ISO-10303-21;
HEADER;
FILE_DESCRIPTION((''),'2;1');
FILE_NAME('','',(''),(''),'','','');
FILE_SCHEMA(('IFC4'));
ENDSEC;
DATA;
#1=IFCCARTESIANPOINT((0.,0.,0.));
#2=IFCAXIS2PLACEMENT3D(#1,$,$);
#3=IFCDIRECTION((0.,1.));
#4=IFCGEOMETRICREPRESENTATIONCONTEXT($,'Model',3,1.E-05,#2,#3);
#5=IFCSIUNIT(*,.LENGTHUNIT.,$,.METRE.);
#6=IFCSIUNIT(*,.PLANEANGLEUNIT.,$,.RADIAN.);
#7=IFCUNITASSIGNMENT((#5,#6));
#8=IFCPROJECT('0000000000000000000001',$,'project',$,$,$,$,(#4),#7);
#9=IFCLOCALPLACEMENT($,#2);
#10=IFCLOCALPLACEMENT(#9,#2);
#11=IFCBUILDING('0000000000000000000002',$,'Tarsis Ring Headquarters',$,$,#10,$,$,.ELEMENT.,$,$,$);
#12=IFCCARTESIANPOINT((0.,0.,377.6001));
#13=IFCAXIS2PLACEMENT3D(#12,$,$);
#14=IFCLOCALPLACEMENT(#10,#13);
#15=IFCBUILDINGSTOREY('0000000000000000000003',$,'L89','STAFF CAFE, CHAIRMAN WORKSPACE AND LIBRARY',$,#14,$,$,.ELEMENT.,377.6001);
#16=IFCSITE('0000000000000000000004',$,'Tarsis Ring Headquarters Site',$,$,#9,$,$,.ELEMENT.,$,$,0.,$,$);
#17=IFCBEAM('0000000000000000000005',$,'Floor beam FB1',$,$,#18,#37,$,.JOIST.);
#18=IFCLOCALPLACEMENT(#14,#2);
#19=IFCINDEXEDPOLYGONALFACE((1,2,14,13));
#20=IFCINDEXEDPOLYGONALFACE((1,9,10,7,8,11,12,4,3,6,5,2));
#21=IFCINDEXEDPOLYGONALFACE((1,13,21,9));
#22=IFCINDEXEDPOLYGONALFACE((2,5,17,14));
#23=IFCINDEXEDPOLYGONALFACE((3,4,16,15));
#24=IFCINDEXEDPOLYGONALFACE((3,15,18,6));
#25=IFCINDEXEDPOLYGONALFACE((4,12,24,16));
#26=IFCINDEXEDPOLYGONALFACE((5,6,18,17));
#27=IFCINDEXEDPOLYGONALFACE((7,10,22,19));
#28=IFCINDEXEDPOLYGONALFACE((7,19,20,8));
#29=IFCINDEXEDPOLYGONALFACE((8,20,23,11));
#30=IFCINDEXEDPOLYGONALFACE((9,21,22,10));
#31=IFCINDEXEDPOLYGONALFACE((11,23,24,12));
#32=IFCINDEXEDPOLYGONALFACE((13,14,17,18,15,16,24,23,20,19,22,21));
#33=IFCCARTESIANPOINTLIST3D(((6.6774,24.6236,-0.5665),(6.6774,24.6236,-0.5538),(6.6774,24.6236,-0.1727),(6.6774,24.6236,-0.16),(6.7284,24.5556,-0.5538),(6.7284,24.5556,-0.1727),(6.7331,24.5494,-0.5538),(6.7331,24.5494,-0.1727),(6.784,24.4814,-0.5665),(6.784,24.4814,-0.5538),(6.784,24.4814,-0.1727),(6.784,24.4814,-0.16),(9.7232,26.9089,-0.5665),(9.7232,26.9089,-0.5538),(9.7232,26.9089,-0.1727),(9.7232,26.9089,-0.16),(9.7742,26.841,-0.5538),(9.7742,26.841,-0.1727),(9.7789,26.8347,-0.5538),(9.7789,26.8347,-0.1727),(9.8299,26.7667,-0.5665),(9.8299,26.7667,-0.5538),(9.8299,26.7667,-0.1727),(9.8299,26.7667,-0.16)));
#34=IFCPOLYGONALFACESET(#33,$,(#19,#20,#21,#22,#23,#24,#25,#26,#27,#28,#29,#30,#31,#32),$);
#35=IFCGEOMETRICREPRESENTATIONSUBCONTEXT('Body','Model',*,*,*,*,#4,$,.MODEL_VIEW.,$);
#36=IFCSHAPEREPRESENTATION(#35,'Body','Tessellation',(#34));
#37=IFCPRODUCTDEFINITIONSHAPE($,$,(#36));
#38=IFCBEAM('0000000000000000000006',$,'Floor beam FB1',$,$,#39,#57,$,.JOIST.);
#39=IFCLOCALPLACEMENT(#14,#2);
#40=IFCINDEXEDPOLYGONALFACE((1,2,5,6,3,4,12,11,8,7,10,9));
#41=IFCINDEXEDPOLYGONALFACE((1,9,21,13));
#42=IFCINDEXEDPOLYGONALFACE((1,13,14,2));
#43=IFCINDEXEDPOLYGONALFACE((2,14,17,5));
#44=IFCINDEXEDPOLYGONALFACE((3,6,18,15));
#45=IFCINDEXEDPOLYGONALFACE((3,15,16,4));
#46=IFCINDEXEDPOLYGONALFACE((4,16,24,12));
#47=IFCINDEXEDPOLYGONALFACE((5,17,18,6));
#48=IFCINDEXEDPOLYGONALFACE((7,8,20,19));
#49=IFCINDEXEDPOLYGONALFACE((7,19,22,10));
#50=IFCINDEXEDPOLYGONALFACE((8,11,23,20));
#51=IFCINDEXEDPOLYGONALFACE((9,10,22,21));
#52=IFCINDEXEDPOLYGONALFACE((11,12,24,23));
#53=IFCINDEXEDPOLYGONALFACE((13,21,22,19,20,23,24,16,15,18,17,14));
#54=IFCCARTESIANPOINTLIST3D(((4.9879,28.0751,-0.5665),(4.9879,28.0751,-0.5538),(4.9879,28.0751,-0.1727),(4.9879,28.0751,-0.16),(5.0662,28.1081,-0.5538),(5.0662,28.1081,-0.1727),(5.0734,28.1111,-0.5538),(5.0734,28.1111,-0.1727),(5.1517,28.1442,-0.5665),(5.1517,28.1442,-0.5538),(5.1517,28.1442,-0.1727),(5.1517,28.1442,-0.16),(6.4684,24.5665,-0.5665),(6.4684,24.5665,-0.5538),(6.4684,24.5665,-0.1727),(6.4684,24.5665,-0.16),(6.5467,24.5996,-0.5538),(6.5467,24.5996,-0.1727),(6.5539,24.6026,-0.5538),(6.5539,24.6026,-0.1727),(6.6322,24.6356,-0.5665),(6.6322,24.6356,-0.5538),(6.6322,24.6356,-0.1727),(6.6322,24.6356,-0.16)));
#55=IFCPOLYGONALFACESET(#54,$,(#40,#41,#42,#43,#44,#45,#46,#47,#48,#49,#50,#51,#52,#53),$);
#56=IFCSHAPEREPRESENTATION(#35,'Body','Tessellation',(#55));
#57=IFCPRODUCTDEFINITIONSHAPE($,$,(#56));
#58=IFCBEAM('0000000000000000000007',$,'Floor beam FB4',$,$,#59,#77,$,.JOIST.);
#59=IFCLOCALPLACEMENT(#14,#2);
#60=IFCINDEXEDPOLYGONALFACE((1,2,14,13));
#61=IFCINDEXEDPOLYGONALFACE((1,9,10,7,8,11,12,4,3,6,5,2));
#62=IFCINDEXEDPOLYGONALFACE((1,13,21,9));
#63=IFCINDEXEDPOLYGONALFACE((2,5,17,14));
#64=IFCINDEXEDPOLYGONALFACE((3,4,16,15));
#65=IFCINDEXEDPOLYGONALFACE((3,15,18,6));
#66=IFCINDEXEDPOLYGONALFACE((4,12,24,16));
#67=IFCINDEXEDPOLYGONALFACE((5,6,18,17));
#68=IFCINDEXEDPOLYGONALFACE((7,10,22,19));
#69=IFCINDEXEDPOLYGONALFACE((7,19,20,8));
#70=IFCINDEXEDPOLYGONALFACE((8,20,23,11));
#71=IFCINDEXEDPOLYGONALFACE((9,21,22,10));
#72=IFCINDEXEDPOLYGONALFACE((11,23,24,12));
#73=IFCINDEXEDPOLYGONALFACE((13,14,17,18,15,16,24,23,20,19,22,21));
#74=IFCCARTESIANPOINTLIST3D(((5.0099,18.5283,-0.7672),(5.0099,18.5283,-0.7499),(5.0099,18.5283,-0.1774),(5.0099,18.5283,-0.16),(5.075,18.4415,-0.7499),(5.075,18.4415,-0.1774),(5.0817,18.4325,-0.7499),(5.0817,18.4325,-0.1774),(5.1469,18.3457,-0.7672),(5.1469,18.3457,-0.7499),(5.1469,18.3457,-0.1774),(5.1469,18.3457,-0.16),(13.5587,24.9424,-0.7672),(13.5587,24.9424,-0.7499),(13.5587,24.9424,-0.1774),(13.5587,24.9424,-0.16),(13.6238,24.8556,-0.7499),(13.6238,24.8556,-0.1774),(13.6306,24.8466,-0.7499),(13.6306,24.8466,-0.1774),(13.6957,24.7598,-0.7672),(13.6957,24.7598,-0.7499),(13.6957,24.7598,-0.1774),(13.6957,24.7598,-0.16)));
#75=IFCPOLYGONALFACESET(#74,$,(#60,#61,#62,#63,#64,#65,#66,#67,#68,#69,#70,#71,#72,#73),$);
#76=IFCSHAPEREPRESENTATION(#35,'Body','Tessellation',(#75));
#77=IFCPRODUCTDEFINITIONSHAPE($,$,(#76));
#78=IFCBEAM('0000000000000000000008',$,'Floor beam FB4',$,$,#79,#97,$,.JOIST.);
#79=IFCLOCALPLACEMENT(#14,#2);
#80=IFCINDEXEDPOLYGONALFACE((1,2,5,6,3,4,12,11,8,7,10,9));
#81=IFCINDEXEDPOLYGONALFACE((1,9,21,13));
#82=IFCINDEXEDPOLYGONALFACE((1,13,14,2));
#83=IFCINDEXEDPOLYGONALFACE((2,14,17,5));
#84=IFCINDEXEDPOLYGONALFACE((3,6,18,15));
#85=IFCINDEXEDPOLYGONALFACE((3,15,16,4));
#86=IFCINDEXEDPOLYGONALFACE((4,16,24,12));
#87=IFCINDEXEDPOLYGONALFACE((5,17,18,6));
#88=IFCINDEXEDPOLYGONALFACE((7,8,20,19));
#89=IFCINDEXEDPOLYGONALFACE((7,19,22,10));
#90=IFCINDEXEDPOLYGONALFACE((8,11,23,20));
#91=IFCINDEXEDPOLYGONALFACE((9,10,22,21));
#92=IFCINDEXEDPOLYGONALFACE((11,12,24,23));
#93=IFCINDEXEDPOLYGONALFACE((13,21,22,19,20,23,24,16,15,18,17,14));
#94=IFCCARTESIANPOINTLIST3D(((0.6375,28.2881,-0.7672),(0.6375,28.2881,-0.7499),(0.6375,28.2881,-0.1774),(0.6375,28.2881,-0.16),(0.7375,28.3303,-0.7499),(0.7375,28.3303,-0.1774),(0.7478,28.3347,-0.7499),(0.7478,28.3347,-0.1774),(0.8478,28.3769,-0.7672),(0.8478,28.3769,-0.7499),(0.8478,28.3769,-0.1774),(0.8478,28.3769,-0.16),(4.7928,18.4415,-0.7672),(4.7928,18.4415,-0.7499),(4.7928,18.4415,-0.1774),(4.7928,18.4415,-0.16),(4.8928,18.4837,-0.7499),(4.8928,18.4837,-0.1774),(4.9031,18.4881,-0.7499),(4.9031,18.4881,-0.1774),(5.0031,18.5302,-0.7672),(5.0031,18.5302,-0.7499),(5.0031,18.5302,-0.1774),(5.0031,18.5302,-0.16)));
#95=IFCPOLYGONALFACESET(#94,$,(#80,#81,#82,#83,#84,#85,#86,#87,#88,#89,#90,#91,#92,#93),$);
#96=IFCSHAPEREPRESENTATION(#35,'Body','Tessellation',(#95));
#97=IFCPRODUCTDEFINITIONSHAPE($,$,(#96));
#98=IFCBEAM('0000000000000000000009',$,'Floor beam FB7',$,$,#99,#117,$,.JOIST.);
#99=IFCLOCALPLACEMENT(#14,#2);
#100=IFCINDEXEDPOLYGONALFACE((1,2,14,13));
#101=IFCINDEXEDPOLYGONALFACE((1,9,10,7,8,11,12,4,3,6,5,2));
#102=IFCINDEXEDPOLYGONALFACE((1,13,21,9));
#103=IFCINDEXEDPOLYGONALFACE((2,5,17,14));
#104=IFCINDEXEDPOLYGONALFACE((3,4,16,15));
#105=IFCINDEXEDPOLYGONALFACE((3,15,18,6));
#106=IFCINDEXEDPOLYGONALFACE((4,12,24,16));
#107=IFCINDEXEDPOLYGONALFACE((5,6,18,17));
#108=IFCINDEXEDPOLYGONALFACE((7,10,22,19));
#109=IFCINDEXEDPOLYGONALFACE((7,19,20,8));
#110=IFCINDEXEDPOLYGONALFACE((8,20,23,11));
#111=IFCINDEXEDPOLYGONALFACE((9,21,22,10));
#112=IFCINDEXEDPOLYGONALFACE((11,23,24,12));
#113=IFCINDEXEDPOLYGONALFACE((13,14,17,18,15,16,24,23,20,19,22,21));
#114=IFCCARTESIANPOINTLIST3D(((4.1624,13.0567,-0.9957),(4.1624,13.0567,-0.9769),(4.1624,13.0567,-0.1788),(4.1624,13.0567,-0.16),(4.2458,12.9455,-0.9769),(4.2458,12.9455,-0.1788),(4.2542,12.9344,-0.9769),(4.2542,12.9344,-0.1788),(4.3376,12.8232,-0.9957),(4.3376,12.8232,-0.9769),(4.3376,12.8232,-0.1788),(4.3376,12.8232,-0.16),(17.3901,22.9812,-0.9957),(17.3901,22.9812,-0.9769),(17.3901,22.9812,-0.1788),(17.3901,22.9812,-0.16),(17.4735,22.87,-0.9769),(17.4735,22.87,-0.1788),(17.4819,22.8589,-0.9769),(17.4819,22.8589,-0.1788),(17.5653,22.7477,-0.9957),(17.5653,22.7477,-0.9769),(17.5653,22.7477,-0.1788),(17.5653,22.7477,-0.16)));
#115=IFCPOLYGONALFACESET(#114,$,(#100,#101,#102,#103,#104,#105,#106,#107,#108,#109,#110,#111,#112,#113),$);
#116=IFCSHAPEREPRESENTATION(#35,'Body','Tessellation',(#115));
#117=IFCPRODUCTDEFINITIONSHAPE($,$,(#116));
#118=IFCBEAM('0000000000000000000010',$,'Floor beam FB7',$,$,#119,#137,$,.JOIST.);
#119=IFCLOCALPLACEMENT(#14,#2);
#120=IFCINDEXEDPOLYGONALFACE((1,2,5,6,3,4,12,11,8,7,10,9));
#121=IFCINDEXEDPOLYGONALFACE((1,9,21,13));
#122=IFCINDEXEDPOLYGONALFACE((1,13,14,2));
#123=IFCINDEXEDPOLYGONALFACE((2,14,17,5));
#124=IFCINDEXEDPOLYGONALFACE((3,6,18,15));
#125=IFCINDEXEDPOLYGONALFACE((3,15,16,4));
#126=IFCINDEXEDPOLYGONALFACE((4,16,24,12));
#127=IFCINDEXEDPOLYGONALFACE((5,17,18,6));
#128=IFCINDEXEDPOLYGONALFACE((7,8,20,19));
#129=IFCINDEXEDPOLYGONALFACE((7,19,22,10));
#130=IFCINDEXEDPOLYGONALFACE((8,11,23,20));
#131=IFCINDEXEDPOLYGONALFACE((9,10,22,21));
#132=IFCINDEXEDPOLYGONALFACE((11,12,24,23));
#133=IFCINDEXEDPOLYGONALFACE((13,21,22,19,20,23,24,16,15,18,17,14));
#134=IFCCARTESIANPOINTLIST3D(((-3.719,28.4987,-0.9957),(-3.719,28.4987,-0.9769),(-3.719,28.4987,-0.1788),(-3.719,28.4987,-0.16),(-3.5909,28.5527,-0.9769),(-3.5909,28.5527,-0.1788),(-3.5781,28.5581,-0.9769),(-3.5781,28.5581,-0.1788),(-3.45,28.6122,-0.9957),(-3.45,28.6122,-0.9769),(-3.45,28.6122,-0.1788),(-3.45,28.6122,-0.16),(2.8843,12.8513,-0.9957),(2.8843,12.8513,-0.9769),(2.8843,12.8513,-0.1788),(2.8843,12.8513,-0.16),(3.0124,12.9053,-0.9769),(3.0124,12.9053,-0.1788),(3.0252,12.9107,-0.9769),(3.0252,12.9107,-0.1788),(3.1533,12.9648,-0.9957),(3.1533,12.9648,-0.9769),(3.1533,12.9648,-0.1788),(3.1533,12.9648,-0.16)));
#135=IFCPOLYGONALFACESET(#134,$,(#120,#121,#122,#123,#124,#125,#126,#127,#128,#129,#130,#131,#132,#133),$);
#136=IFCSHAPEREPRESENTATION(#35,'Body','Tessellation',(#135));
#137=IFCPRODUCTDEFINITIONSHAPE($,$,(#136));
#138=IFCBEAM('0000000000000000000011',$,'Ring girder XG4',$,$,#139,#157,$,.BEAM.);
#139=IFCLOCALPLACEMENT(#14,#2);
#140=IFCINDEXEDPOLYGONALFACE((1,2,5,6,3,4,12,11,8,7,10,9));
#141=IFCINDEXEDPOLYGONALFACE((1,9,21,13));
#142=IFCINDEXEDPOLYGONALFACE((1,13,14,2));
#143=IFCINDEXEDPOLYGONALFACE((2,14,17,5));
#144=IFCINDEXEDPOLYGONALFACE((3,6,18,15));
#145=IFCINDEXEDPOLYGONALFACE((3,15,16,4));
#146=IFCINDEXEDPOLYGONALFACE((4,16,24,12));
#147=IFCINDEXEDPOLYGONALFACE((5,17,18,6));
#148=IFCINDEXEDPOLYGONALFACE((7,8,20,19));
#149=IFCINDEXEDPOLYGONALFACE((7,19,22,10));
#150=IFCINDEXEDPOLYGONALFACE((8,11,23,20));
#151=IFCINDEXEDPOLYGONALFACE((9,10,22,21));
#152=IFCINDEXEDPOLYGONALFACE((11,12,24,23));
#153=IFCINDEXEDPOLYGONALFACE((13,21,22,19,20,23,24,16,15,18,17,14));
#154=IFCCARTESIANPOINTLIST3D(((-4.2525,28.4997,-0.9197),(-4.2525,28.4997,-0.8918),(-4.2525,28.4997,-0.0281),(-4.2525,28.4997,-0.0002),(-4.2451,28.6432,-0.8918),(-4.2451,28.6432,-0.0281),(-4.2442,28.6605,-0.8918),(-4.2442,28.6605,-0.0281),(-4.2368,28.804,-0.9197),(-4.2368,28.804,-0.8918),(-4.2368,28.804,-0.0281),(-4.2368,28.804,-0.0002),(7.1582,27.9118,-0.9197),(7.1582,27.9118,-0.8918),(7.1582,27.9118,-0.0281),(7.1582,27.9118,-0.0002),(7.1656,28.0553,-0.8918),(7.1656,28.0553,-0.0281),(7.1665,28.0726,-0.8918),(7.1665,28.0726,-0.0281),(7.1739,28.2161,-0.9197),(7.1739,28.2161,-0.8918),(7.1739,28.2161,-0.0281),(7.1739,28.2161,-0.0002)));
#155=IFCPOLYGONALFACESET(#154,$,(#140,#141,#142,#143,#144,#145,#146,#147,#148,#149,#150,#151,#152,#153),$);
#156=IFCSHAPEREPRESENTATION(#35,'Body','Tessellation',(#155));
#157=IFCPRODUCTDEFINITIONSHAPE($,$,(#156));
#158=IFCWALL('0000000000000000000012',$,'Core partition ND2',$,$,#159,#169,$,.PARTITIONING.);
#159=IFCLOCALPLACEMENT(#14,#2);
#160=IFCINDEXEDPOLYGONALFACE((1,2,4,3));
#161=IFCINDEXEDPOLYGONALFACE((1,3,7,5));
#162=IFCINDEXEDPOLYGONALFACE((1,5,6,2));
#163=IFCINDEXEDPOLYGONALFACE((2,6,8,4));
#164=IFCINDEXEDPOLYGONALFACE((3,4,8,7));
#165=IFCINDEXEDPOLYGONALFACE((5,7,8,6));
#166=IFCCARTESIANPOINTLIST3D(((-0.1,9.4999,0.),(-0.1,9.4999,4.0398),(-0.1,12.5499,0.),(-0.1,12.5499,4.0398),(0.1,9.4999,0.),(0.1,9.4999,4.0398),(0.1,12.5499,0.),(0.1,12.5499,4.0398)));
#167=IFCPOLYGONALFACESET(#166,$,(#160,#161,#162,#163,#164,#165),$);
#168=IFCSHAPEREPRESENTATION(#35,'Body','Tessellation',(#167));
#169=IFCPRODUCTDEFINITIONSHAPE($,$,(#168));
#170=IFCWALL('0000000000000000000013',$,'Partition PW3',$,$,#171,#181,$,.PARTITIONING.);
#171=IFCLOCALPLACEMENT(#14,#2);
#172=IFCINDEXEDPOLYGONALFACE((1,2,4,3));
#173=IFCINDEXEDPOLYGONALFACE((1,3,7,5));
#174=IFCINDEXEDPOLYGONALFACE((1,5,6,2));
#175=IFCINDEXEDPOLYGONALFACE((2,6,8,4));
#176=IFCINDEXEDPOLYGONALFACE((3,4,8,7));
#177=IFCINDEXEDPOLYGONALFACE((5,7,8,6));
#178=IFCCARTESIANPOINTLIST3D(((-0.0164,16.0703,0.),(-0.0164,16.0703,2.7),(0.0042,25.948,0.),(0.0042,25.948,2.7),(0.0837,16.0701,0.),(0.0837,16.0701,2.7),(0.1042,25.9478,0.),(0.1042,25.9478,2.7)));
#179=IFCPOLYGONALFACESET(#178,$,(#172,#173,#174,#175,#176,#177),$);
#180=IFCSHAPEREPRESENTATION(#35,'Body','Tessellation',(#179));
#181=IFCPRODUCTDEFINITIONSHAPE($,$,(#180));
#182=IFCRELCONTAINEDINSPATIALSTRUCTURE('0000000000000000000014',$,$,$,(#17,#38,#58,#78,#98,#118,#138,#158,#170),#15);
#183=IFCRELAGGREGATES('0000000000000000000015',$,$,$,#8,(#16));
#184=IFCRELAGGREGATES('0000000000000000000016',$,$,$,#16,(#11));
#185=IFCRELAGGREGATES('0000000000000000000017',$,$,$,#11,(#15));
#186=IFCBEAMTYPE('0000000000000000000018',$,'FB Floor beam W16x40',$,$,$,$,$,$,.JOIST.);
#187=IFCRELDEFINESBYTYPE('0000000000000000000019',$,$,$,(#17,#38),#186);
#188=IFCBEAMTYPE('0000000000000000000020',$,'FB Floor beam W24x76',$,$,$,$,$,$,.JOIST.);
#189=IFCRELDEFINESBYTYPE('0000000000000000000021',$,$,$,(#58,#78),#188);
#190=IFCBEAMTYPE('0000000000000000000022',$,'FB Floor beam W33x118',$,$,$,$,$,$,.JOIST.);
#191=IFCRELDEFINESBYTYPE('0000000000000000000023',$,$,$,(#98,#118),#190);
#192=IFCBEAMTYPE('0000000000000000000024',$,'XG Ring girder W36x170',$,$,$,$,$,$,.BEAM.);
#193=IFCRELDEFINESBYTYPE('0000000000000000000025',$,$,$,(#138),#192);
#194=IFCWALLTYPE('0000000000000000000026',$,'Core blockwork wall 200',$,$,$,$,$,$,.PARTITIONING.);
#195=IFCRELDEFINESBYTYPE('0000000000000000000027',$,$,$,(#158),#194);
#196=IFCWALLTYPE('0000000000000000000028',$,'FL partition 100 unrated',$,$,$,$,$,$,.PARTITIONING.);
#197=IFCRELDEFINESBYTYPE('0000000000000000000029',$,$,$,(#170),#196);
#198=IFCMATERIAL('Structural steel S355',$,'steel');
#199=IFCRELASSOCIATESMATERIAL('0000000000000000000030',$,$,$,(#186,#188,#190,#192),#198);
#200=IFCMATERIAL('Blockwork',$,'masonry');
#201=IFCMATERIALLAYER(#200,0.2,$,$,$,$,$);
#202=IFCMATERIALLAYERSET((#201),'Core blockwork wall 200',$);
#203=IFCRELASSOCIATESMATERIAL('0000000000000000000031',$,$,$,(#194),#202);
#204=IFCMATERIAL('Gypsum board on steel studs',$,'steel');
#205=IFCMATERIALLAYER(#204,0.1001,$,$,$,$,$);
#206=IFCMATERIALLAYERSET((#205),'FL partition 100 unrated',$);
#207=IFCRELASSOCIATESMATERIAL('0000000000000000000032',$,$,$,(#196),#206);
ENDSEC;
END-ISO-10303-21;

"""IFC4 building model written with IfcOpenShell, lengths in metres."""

from ifc_helpers import new_model, si_unit, direction, frame, frame_2d, origin, origin_2d, place, context, subcontext, project, spatial, rectangle, i_section, extrude, material, layer, layer_set, material_profile, profile_set, type_object, element, save


model = new_model("IFC4")

# Units and contexts
model_context = context("Model", 3, precision=1e-05, world=origin(), true_north=direction((0.0, 1.0)))
body_context = subcontext(model_context, "Body", "Model", "MODEL_VIEW")
ifc_project = project(units=[si_unit("LENGTHUNIT", "METRE"), si_unit("PLANEANGLEUNIT", "RADIAN")], contexts=[model_context])

# Site, building, storey
site_placement = place(None, origin())
site = spatial("IfcSite", under=ifc_project, at=site_placement, Name="Tarsis Ring Headquarters Site", CompositionType="ELEMENT", RefElevation=0.0)
building_placement = place(site_placement, origin())
building = spatial("IfcBuilding", under=site, at=building_placement, Name="Tarsis Ring Headquarters", CompositionType="ELEMENT")
storey_placement = place(building_placement, frame((0.0, 0.0, 377.6001)))
storey = spatial("IfcBuildingStorey", under=building, at=storey_placement, Name="L89", Description="STAFF CAFE, CHAIRMAN WORKSPACE AND LIBRARY", CompositionType="ELEMENT", Elevation=377.6001)

# Beams
ifc_material_1 = material(Name="Structural steel S355", Category="steel")
ifc_material_profile_1 = material_profile(ifc_material_1, i_section(OverallWidth=0.1777, OverallDepth=0.4065, WebThickness=0.0078, FlangeThickness=0.0127, at=origin_2d()), Name="W16x40")
ifc_profile_set_1 = profile_set([ifc_material_profile_1], Name="Structural steel S355")
beam_type_1 = type_object("IfcBeamType", Name="FB Floor beam W16x40", PredefinedType="JOIST", material=ifc_profile_set_1)
beam_1_placement = place(storey_placement, frame((6.7307, 24.5525, -0.3633), z_axis=(0.799877, 0.600164, 0.0), x_axis=(-0.600164, 0.799877, 0.0)))
element("IfcBeam", 1, at=beam_1_placement, inside=storey, type_object=beam_type_1, Name="Floor beam FB1", PredefinedType="JOIST", context=body_context, shape_type="SweptSolid", body=[
    extrude(i_section(OverallWidth=0.1777, OverallDepth=0.4065, WebThickness=0.0078, FlangeThickness=0.0127, at=origin_2d()), origin(), (0.0, 0.0, 1.0), 3.8079),
])
beam_2_placement = place(storey_placement, frame((5.0698, 28.1096, -0.3633), z_axis=(0.388768, -0.921336, 0.0), x_axis=(0.921336, 0.388768, 0.0)))
element("IfcBeam", 2, at=beam_2_placement, inside=storey, type_object=beam_type_1, Name="Floor beam FB1", PredefinedType="JOIST", context=body_context, shape_type="SweptSolid", body=[
    extrude(i_section(OverallWidth=0.1777, OverallDepth=0.4065, WebThickness=0.0078, FlangeThickness=0.0127, at=origin_2d()), origin(), (0.0, 0.0, 1.0), 3.8081),
])
ifc_material_profile_2 = material_profile(ifc_material_1, i_section(OverallWidth=0.2283, OverallDepth=0.6072, WebThickness=0.0112, FlangeThickness=0.0173, at=origin_2d()), Name="W24x76")
ifc_profile_set_2 = profile_set([ifc_material_profile_2], Name="Structural steel S355")
beam_type_2 = type_object("IfcBeamType", Name="FB Floor beam W24x76", PredefinedType="JOIST", material=ifc_profile_set_2)
for number, where, z_axis, x_axis, name in (
    (3, (5.0784, 18.437, -0.4636), (0.79989, 0.600146, 0.0), (-0.600146, 0.79989, 0.0), "Floor beam FB4"),
    (4, (0.7427, 28.3325, -0.4636), (0.388796, -0.921324, 0.0), (0.921324, 0.388796, 0.0), "Floor beam FB4"),
):
    element("IfcBeam", number, at=place(storey_placement, frame(where, z_axis=z_axis, x_axis=x_axis)), inside=storey, type_object=beam_type_2, Name=name, PredefinedType="JOIST", context=body_context, shape_type="SweptSolid", body=[
        extrude(i_section(OverallWidth=0.2283, OverallDepth=0.6072, WebThickness=0.0112, FlangeThickness=0.0173, at=origin_2d()), origin(), (0.0, 0.0, 1.0), 10.6875),
    ])
ifc_material_profile_3 = material_profile(ifc_material_1, i_section(OverallWidth=0.292, OverallDepth=0.8357, WebThickness=0.0139, FlangeThickness=0.0188, at=origin_2d()), Name="W33x118")
ifc_profile_set_3 = profile_set([ifc_material_profile_3], Name="Structural steel S355")
beam_type_3 = type_object("IfcBeamType", Name="FB Floor beam W33x118", PredefinedType="JOIST", material=ifc_profile_set_3)
beam_3_placement = place(storey_placement, frame((4.25, 12.9399, -0.5779), z_axis=(0.799892, 0.600144, 0.0), x_axis=(-0.600144, 0.799892, 0.0)))
element("IfcBeam", 5, at=beam_3_placement, inside=storey, type_object=beam_type_3, Name="Floor beam FB7", PredefinedType="JOIST", context=body_context, shape_type="SweptSolid", body=[
    extrude(i_section(OverallWidth=0.292, OverallDepth=0.8357, WebThickness=0.0139, FlangeThickness=0.0188, at=origin_2d()), origin(), (0.0, 0.0, 1.0), 16.5369),
])
beam_4_placement = place(storey_placement, frame((-3.5845, 28.5554, -0.5779), z_axis=(0.3888, -0.921322, 0.0), x_axis=(0.921322, 0.3888, 0.0)))
element("IfcBeam", 6, at=beam_4_placement, inside=storey, type_object=beam_type_3, Name="Floor beam FB7", PredefinedType="JOIST", context=body_context, shape_type="SweptSolid", body=[
    extrude(i_section(OverallWidth=0.292, OverallDepth=0.8357, WebThickness=0.0139, FlangeThickness=0.0188, at=origin_2d()), origin(), (0.0, 0.0, 1.0), 16.9836),
])
ifc_material_profile_4 = material_profile(ifc_material_1, i_section(OverallWidth=0.3047, OverallDepth=0.9194, WebThickness=0.0173, FlangeThickness=0.0278, at=origin_2d()), Name="W36x170")
ifc_profile_set_4 = profile_set([ifc_material_profile_4], Name="Structural steel S355")
beam_type_4 = type_object("IfcBeamType", Name="XG Ring girder W36x170", PredefinedType="BEAM", material=ifc_profile_set_4)
beam_5_placement = place(storey_placement, frame((7.166, 28.064, -0.46), z_axis=(-0.998675, 0.051453, 0.0), x_axis=(-0.051453, -0.998675, 0.0)))
element("IfcBeam", 7, at=beam_5_placement, inside=storey, type_object=beam_type_4, Name="Ring girder XG4", PredefinedType="BEAM", context=body_context, shape_type="SweptSolid", body=[
    extrude(i_section(OverallWidth=0.3047, OverallDepth=0.9194, WebThickness=0.0173, FlangeThickness=0.0278, at=origin_2d()), origin(), (0.0, 0.0, 1.0), 11.4258),
])

# Walls
ifc_material_2 = material(Name="Blockwork", Category="masonry")
ifc_layer_1 = layer(ifc_material_2, 0.2)
ifc_layer_set_1 = layer_set([ifc_layer_1], Name="Core blockwork wall 200")
wall_type_1 = type_object("IfcWallType", Name="Core blockwork wall 200", PredefinedType="PARTITIONING", material=ifc_layer_set_1)
wall_1_placement = place(storey_placement, frame((0.0, 9.5, 0.0), z_axis=(0.0, 0.0, 1.0), x_axis=(0.0, 1.0, 0.0)))
element("IfcWall", 8, at=wall_1_placement, inside=storey, type_object=wall_type_1, Name="Core partition ND2", PredefinedType="PARTITIONING", context=body_context, shape_type="SweptSolid", body=[
    extrude(rectangle(XDim=3.05, YDim=0.2, at=frame_2d((1.5249, 0.0))), origin(), (0.0, 0.0, 1.0), 4.0398),
])
ifc_material_3 = material(Name="Gypsum board on steel studs", Category="steel")
ifc_layer_2 = layer(ifc_material_3, 0.1001)
ifc_layer_set_2 = layer_set([ifc_layer_2], Name="FL partition 100 unrated")
wall_type_2 = type_object("IfcWallType", Name="FL partition 100 unrated", PredefinedType="PARTITIONING", material=ifc_layer_set_2)
wall_2_placement = place(storey_placement, frame((0.0337, 16.0701, 0.0), z_axis=(0.0, 0.0, 1.0), x_axis=(0.002076, 0.999998, 0.0)))
element("IfcWall", 9, at=wall_2_placement, inside=storey, type_object=wall_type_2, Name="Partition PW3", PredefinedType="PARTITIONING", context=body_context, shape_type="SweptSolid", body=[
    extrude(rectangle(XDim=9.8777, YDim=0.1001, at=frame_2d((4.939, 0.0))), origin(), (0.0, 0.0, 1.0), 2.7),
])

save(model, "model.ifc")
